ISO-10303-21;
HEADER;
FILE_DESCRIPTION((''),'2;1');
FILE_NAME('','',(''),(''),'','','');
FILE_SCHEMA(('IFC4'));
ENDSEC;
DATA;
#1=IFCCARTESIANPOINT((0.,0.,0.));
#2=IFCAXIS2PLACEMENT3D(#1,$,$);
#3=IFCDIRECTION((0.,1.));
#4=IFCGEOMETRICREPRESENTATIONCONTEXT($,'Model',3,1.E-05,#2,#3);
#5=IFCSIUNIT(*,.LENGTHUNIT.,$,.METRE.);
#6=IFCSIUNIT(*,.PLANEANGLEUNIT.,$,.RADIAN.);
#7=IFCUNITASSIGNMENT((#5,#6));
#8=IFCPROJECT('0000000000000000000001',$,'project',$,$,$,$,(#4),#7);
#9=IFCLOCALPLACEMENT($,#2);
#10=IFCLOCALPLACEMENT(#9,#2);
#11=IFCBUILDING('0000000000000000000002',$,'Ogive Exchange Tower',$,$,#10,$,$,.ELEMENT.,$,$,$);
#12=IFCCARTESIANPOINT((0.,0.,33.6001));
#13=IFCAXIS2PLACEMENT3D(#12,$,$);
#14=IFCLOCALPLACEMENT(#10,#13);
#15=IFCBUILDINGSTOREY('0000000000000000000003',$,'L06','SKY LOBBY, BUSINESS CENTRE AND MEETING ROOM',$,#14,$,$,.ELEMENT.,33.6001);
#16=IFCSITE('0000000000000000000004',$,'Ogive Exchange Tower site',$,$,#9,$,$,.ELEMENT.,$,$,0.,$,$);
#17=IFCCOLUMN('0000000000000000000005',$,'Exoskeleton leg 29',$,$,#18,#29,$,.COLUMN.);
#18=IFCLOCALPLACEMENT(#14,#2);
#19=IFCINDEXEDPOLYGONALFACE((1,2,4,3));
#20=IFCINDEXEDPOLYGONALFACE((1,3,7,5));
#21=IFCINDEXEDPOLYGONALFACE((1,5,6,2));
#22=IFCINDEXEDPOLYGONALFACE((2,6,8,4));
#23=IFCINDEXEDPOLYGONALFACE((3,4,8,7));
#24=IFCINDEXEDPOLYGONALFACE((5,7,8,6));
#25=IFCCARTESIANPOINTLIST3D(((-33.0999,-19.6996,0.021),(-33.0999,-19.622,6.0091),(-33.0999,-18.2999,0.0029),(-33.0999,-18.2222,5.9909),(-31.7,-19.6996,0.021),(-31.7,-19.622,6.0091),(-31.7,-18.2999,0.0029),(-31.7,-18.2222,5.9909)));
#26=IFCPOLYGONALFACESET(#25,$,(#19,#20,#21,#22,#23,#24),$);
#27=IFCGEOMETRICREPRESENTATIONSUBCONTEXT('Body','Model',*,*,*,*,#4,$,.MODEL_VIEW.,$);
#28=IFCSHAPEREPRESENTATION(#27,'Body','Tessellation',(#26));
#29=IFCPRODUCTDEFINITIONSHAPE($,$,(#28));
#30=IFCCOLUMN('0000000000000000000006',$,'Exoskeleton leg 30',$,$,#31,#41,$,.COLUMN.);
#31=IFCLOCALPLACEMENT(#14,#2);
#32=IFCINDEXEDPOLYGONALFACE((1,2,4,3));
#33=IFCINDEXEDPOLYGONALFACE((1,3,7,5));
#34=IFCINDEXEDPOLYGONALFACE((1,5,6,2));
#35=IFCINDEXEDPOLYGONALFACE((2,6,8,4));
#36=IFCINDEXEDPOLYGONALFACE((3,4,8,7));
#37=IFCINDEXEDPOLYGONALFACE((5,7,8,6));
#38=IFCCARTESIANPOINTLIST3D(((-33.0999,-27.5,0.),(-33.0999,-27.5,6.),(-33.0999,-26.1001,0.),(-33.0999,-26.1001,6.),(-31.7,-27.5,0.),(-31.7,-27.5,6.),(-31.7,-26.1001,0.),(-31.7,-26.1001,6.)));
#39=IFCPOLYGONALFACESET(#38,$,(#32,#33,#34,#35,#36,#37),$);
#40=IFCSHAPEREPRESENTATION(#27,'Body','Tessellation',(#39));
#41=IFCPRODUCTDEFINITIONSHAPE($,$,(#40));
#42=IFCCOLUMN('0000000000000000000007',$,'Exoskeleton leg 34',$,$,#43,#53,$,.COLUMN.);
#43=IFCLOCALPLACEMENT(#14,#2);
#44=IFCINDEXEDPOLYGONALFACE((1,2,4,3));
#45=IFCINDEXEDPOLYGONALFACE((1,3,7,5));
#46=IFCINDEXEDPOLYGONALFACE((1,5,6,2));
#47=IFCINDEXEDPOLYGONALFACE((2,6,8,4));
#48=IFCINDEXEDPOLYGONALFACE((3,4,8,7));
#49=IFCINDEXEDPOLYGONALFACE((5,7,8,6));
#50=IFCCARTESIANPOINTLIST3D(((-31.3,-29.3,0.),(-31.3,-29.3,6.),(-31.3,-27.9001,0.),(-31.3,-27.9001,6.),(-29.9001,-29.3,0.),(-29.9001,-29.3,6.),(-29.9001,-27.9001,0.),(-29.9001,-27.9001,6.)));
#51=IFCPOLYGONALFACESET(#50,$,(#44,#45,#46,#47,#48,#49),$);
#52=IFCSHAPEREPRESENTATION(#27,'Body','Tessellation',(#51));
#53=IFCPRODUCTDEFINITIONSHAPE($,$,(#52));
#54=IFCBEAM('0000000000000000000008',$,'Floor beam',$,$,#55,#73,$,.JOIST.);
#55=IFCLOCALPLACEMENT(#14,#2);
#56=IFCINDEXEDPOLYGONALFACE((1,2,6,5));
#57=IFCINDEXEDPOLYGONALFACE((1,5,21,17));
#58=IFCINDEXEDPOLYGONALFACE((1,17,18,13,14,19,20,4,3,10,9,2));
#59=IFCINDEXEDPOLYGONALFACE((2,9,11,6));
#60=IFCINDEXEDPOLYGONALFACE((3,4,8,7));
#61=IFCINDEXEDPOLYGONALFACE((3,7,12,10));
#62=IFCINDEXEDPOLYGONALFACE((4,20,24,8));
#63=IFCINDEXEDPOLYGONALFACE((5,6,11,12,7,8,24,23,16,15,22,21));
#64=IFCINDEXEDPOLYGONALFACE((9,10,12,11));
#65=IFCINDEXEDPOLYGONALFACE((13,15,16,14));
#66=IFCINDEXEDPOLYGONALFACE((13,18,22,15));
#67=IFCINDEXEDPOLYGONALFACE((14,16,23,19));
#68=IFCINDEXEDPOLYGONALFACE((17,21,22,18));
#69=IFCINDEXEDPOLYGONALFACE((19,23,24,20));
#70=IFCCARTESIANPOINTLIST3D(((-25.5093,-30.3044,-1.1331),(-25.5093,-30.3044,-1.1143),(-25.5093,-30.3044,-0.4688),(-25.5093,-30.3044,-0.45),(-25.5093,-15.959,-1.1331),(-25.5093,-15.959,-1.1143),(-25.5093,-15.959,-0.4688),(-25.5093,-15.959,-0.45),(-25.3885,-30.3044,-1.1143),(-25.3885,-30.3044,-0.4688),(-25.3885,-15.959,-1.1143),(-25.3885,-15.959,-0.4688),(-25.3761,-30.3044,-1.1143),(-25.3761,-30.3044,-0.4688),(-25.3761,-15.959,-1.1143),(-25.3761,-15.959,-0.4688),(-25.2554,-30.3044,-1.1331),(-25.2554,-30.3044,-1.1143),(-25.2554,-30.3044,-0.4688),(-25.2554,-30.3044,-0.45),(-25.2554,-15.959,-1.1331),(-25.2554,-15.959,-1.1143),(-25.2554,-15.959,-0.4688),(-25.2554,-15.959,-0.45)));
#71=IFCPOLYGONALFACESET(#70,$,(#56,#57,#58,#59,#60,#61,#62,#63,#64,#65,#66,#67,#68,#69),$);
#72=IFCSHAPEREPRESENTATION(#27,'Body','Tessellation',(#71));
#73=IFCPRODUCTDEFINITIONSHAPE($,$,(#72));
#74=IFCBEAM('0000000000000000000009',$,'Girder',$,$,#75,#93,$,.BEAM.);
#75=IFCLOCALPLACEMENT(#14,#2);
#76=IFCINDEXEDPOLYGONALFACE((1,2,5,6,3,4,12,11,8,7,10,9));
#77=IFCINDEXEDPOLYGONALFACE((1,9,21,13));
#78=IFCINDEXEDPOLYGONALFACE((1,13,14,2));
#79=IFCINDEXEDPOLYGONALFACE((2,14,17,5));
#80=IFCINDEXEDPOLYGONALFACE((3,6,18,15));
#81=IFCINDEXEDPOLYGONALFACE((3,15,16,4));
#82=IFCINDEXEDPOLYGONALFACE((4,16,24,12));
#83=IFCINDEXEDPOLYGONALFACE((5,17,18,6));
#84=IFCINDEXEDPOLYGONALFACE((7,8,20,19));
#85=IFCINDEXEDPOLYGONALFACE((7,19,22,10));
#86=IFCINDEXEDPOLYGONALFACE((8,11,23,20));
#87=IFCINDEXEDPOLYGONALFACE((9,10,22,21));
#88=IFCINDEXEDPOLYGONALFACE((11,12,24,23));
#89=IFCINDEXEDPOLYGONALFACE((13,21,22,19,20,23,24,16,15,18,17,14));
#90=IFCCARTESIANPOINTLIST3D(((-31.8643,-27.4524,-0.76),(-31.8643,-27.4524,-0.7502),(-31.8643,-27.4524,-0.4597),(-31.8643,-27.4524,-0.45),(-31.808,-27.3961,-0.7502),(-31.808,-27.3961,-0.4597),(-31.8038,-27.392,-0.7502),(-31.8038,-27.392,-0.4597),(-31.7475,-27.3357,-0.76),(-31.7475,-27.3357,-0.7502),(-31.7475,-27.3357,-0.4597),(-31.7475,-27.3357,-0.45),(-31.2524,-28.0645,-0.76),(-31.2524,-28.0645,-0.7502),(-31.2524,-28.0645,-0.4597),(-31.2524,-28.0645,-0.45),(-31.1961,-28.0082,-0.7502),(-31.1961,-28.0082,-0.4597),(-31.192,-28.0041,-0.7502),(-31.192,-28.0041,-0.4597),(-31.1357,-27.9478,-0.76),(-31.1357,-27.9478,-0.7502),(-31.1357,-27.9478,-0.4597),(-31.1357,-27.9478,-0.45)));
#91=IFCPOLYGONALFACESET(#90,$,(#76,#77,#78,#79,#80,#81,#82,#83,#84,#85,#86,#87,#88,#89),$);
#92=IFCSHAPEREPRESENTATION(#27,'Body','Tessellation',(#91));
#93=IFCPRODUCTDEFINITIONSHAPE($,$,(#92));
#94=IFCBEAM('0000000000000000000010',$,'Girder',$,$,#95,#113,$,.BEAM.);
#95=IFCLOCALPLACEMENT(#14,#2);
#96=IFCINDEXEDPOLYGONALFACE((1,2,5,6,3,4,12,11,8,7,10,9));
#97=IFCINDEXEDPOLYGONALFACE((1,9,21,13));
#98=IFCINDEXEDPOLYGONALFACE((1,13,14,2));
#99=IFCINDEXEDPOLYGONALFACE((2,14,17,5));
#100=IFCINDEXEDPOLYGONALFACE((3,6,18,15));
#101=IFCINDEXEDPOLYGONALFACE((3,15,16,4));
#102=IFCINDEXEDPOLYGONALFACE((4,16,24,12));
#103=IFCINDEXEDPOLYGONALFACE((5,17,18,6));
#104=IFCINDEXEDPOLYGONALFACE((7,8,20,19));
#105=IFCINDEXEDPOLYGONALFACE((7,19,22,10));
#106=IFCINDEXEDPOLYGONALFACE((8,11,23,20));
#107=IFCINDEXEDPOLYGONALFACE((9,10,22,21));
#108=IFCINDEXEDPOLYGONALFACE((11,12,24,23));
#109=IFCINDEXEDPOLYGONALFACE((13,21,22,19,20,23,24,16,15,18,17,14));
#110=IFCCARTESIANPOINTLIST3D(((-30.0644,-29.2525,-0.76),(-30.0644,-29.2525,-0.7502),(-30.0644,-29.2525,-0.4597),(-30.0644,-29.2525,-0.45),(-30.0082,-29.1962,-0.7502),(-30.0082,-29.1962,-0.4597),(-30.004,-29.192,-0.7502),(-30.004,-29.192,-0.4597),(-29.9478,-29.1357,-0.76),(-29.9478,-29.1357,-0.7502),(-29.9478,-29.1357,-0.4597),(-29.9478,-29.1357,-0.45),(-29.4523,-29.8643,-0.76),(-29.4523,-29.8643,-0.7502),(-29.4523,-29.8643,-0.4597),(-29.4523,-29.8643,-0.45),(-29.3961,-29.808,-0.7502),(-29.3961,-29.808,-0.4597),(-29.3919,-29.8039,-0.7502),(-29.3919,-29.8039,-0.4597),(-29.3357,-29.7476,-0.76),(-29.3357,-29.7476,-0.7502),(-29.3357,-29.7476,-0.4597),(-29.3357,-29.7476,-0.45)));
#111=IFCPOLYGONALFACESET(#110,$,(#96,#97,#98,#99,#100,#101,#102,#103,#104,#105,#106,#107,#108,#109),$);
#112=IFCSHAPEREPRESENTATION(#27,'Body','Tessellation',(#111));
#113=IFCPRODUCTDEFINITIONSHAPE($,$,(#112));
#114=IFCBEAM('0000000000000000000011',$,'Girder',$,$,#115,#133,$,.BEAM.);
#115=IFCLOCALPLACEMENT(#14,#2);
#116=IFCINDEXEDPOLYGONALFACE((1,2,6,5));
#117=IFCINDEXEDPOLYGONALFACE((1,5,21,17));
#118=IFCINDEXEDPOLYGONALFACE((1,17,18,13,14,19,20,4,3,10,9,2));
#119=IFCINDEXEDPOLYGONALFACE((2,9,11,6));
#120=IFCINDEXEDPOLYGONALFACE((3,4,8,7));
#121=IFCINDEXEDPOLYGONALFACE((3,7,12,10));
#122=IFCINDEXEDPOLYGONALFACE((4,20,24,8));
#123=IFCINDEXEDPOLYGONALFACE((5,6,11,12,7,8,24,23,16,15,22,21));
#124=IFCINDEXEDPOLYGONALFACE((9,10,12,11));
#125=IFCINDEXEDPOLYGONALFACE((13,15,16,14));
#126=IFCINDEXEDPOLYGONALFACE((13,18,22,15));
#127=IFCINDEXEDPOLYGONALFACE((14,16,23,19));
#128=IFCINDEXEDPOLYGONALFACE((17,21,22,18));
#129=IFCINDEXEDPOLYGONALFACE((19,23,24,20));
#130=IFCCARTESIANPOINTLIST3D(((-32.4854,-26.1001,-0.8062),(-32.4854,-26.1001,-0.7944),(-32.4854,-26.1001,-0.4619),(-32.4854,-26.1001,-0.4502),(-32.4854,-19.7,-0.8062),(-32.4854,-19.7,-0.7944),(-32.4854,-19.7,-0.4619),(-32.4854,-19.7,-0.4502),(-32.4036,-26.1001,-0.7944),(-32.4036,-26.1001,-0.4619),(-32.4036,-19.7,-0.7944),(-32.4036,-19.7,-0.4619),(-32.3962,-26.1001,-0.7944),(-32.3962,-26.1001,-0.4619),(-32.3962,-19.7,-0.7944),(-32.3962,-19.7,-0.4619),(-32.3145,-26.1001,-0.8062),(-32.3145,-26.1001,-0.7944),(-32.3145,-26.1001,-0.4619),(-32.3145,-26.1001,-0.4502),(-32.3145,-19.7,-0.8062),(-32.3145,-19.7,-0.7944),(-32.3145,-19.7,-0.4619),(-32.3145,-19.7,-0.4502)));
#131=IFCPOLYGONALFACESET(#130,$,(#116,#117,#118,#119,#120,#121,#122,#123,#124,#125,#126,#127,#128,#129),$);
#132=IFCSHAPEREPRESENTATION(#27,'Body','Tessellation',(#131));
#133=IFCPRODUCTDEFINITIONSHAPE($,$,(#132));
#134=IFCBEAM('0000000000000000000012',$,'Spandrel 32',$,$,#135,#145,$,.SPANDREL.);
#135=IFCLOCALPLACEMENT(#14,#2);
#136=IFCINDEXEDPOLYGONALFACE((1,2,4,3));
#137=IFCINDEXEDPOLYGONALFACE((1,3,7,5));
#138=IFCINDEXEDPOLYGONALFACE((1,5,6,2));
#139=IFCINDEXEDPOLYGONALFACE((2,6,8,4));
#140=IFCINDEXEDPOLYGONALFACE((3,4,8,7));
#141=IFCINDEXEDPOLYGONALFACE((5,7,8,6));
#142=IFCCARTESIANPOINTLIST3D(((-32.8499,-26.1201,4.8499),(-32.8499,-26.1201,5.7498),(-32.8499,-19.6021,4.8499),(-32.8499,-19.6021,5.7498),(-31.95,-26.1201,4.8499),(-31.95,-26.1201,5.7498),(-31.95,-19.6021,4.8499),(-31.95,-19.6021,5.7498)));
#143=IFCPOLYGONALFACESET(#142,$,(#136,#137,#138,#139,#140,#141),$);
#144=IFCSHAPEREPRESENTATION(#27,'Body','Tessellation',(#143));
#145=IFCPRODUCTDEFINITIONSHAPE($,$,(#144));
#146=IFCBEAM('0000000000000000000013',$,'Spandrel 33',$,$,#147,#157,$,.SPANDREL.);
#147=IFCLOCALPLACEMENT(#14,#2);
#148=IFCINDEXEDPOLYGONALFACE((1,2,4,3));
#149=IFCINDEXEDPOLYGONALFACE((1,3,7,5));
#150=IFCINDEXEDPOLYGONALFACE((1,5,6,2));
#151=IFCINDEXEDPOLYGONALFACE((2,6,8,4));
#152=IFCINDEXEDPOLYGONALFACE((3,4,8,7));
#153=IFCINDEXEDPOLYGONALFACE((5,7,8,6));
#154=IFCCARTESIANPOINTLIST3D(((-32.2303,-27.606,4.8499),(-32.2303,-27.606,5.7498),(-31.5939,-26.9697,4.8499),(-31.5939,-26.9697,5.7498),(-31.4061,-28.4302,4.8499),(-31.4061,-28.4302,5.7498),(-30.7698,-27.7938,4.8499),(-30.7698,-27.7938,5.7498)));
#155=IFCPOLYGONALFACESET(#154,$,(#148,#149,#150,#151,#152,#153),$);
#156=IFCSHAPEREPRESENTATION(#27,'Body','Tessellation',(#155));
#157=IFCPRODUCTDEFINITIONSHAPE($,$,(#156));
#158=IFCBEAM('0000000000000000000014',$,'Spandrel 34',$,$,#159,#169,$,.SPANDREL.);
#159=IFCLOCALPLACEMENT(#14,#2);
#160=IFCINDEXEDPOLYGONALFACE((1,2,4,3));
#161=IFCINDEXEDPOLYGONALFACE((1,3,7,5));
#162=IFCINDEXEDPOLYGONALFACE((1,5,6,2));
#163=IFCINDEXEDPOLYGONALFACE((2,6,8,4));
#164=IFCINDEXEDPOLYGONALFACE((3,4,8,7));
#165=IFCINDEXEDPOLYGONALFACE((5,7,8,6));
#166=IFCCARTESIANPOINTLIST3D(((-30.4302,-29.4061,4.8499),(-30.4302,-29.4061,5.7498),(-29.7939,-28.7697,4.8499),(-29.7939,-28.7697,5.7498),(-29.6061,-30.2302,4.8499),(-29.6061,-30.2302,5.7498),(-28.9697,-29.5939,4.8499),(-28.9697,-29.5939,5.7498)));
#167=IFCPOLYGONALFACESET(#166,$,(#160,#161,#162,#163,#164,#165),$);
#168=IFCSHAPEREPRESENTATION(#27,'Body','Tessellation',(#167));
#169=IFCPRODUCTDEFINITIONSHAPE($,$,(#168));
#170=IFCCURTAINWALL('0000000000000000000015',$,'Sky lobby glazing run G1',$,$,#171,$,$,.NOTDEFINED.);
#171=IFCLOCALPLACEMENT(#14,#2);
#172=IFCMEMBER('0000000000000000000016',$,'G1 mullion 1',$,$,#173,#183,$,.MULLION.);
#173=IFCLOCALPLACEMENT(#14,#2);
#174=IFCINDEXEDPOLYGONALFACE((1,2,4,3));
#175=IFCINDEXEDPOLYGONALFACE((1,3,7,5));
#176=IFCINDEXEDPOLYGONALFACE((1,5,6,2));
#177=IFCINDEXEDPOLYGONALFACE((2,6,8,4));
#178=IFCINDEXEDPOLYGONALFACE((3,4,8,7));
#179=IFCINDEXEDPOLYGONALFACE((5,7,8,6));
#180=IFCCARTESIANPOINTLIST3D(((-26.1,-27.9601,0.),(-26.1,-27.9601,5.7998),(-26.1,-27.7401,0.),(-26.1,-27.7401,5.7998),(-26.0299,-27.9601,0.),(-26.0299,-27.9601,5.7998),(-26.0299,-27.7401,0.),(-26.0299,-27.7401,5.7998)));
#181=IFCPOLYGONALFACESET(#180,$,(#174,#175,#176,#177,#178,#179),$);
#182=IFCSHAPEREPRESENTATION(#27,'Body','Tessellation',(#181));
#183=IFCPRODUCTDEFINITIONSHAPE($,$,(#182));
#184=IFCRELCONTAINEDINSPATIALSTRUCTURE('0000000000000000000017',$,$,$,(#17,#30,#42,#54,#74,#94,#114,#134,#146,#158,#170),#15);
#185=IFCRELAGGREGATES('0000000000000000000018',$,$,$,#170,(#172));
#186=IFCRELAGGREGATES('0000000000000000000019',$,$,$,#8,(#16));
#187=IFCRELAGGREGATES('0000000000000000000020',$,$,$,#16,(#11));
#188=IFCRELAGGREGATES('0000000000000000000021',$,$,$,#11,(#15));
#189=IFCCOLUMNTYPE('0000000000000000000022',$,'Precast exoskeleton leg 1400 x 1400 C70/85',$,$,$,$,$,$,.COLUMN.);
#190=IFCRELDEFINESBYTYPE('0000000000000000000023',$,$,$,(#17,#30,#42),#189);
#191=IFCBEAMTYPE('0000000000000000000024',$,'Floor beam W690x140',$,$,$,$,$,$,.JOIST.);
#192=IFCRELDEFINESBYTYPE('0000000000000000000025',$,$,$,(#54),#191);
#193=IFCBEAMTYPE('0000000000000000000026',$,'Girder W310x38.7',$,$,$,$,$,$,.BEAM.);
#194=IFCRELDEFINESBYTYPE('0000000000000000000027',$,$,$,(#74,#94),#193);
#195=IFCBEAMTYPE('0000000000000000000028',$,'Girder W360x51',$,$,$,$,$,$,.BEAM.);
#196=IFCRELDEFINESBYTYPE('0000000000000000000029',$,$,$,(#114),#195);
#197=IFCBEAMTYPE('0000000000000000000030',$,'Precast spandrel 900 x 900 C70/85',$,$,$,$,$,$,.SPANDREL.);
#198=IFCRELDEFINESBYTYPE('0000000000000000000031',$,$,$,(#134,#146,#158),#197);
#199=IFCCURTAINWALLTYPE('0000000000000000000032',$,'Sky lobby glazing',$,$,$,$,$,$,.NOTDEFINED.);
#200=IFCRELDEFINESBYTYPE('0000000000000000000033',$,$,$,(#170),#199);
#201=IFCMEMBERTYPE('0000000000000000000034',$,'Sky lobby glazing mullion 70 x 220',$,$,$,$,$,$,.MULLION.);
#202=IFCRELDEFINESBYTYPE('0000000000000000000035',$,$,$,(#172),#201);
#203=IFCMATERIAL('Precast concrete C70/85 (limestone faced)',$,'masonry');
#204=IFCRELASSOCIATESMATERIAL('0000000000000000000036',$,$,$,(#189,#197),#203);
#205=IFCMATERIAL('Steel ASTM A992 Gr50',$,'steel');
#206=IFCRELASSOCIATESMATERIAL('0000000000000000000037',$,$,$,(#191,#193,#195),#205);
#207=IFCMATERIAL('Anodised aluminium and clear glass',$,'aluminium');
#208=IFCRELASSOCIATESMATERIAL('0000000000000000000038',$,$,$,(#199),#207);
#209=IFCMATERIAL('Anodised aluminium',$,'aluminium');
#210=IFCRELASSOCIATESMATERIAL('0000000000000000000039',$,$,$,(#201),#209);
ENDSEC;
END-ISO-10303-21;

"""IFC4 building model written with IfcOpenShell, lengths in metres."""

from ifc_helpers import new_model, si_unit, direction, frame, origin, origin_2d, place, context, subcontext, project, spatial, rectangle, i_section, extrude, material, material_profile, profile_set, type_object, element, aggregate, save


model = new_model("IFC4")

# Units and contexts
model_context = context("Model", 3, precision=1e-05, world=origin(), true_north=direction((0.0, 1.0)))
body_context = subcontext(model_context, "Body", "Model", "MODEL_VIEW")
ifc_project = project(units=[si_unit("LENGTHUNIT", "METRE"), si_unit("PLANEANGLEUNIT", "RADIAN")], contexts=[model_context])

# Site, building, storey
site_placement = place(None, origin())
site = spatial("IfcSite", under=ifc_project, at=site_placement, Name="Ogive Exchange Tower site", CompositionType="ELEMENT", RefElevation=0.0)
building_placement = place(site_placement, origin())
building = spatial("IfcBuilding", under=site, at=building_placement, Name="Ogive Exchange Tower", CompositionType="ELEMENT")
storey_placement = place(building_placement, frame((0.0, 0.0, 33.6001)))
storey = spatial("IfcBuildingStorey", under=building, at=storey_placement, Name="L06", Description="SKY LOBBY, BUSINESS CENTRE AND MEETING ROOM", CompositionType="ELEMENT", Elevation=33.6001)

# Columns
ifc_material_1 = material(Name="Precast concrete C70/85 (limestone faced)", Category="masonry")
ifc_material_profile_1 = material_profile(ifc_material_1, rectangle(XDim=1.3999, YDim=1.3999, at=origin_2d()), Name="1400 x 1400")
ifc_profile_set_1 = profile_set([ifc_material_profile_1], Name="Precast concrete C70/85 (limestone faced)")
column_type = type_object("IfcColumnType", Name="Precast exoskeleton leg 1400 x 1400 C70/85", PredefinedType="COLUMN", material=ifc_profile_set_1)
column_placement = place(storey_placement, frame((-32.3999, -18.9998, 0.012), z_axis=(0.0, 0.012964, 0.999916), x_axis=(-1.0, 0.0, 0.0)))
element("IfcColumn", 1, at=column_placement, inside=storey, type_object=column_type, Name="Exoskeleton leg 29", PredefinedType="COLUMN", context=body_context, shape_type="SweptSolid", body=[
    extrude(rectangle(XDim=1.3999, YDim=1.3999, at=origin_2d()), origin(), (0.0, 0.0, 1.0), 5.9885),
])
for number, where, z_axis, x_axis, name in (
    (2, (-32.3999, -26.8, 0.0), (0.0, 0.0, 1.0), (1.0, 0.0, 0.0), "Exoskeleton leg 30"),
    (3, (-30.6001, -28.6001, 0.0), (0.0, 0.0, 1.0), (1.0, 0.0, 0.0), "Exoskeleton leg 34"),
):
    element("IfcColumn", number, at=place(storey_placement, frame(where, z_axis=z_axis, x_axis=x_axis)), inside=storey, type_object=column_type, Name=name, PredefinedType="COLUMN", context=body_context, shape_type="SweptSolid", body=[
        extrude(rectangle(XDim=1.3999, YDim=1.3999, at=origin_2d()), origin(), (0.0, 0.0, 1.0), 6.0),
    ])

# Beams
ifc_material_2 = material(Name="Steel ASTM A992 Gr50", Category="steel")
ifc_material_profile_2 = material_profile(ifc_material_2, i_section(OverallWidth=0.2539, OverallDepth=0.6831, WebThickness=0.0125, FlangeThickness=0.0188, at=origin_2d()), Name="W690x140")
ifc_profile_set_2 = profile_set([ifc_material_profile_2], Name="Steel ASTM A992 Gr50")
beam_type_1 = type_object("IfcBeamType", Name="Floor beam W690x140", PredefinedType="JOIST", material=ifc_profile_set_2)
beam_1_placement = place(storey_placement, frame((-25.3823, -30.3044, -0.7915), z_axis=(0.0, 1.0, 0.0), x_axis=(-1.0, 0.0, 0.0)))
element("IfcBeam", 4, at=beam_1_placement, inside=storey, type_object=beam_type_1, Name="Floor beam", PredefinedType="JOIST", context=body_context, shape_type="SweptSolid", body=[
    extrude(i_section(OverallWidth=0.2539, OverallDepth=0.6831, WebThickness=0.0125, FlangeThickness=0.0188, at=origin_2d()), origin(), (0.0, 0.0, 1.0), 14.3455),
])
ifc_material_profile_3 = material_profile(ifc_material_2, i_section(OverallWidth=0.165, OverallDepth=0.3101, WebThickness=0.0059, FlangeThickness=0.0098, at=origin_2d()), Name="W310x38.7")
ifc_profile_set_3 = profile_set([ifc_material_profile_3], Name="Steel ASTM A992 Gr50")
beam_type_2 = type_object("IfcBeamType", Name="Girder W310x38.7", PredefinedType="BEAM", material=ifc_profile_set_3)
for number, where, z_axis, x_axis, name in (
    (5, (-31.8059, -27.394, -0.605), (0.706966, -0.707248, 0.0), (0.707248, 0.706966, 0.0), "Girder"),
    (6, (-30.0061, -29.1941, -0.605), (0.707248, -0.706966, 0.0), (0.706966, 0.707248, 0.0), "Girder"),
):
    element("IfcBeam", number, at=place(storey_placement, frame(where, z_axis=z_axis, x_axis=x_axis)), inside=storey, type_object=beam_type_2, Name=name, PredefinedType="BEAM", context=body_context, shape_type="SweptSolid", body=[
        extrude(i_section(OverallWidth=0.165, OverallDepth=0.3101, WebThickness=0.0059, FlangeThickness=0.0098, at=origin_2d()), origin(), (0.0, 0.0, 1.0), 0.8655),
    ])
ifc_material_profile_4 = material_profile(ifc_material_2, i_section(OverallWidth=0.1709, OverallDepth=0.356, WebThickness=0.0073, FlangeThickness=0.0117, at=origin_2d()), Name="W360x51")
ifc_profile_set_4 = profile_set([ifc_material_profile_4], Name="Steel ASTM A992 Gr50")
beam_type_3 = type_object("IfcBeamType", Name="Girder W360x51", PredefinedType="BEAM", material=ifc_profile_set_4)
beam_2_placement = place(storey_placement, frame((-32.3999, -19.7, -0.6282), z_axis=(0.0, -1.0, 0.0), x_axis=(1.0, 0.0, 0.0)))
element("IfcBeam", 7, at=beam_2_placement, inside=storey, type_object=beam_type_3, Name="Girder", PredefinedType="BEAM", context=body_context, shape_type="SweptSolid", body=[
    extrude(i_section(OverallWidth=0.1709, OverallDepth=0.356, WebThickness=0.0073, FlangeThickness=0.0117, at=origin_2d()), origin(), (0.0, 0.0, 1.0), 6.4001),
])
ifc_material_profile_5 = material_profile(ifc_material_1, rectangle(XDim=0.8999, YDim=0.8999, at=origin_2d()), Name="900 x 900")
ifc_profile_set_5 = profile_set([ifc_material_profile_5], Name="Precast concrete C70/85 (limestone faced)")
beam_type_4 = type_object("IfcBeamType", Name="Precast spandrel 900 x 900 C70/85", PredefinedType="SPANDREL", material=ifc_profile_set_5)
beam_3_placement = place(storey_placement, frame((-32.3999, -19.6021, 5.2998), z_axis=(0.0, -1.0, 0.0), x_axis=(1.0, 0.0, 0.0)))
element("IfcBeam", 8, at=beam_3_placement, inside=storey, type_object=beam_type_4, Name="Spandrel 32", PredefinedType="SPANDREL", context=body_context, shape_type="SweptSolid", body=[
    extrude(rectangle(XDim=0.8999, YDim=0.8999, at=origin_2d()), origin(), (0.0, 0.0, 1.0), 6.5181),
])
for number, where, z_axis, x_axis, name in (
    (9, (-31.9121, -27.2878, 5.2998), (0.707107, -0.707107, 0.0), (0.707107, 0.707107, 0.0), "Spandrel 33"),
    (10, (-30.1121, -29.0879, 5.2998), (0.707107, -0.707107, 0.0), (0.707107, 0.707107, 0.0), "Spandrel 34"),
):
    element("IfcBeam", number, at=place(storey_placement, frame(where, z_axis=z_axis, x_axis=x_axis)), inside=storey, type_object=beam_type_4, Name=name, PredefinedType="SPANDREL", context=body_context, shape_type="SweptSolid", body=[
        extrude(rectangle(XDim=0.8999, YDim=0.8999, at=origin_2d()), origin(), (0.0, 0.0, 1.0), 1.1655),
    ])

# Curtain wall, member
ifc_material_3 = material(Name="Anodised aluminium and clear glass", Category="aluminium")
curtain_wall_type = type_object("IfcCurtainWallType", Name="Sky lobby glazing", PredefinedType="NOTDEFINED", material=ifc_material_3)
curtain_wall_placement = place(storey_placement, origin())
curtain_wall = element("IfcCurtainWall", 11, at=curtain_wall_placement, inside=storey, type_object=curtain_wall_type, Name="Sky lobby glazing run G1", PredefinedType="NOTDEFINED")
ifc_material_4 = material(Name="Anodised aluminium", Category="aluminium")
ifc_material_profile_6 = material_profile(ifc_material_4, rectangle(XDim=0.22, YDim=0.0701, at=origin_2d()), Name="AL 70x220")
ifc_profile_set_6 = profile_set([ifc_material_profile_6], Name="Anodised aluminium")
member_type_1 = type_object("IfcMemberType", Name="Sky lobby glazing mullion 70 x 220", PredefinedType="MULLION", material=ifc_profile_set_6)
member_1_placement = place(storey_placement, frame((-26.0649, -27.8501, 0.0), z_axis=(0.0, 0.0, 1.0), x_axis=(0.0, 1.0, 0.0)))
member_1 = element("IfcMember", 12, at=member_1_placement, type_object=member_type_1, Name="G1 mullion 1", PredefinedType="MULLION", context=body_context, shape_type="SweptSolid", body=[
    extrude(rectangle(XDim=0.22, YDim=0.0701, at=origin_2d()), origin(), (0.0, 0.0, 1.0), 5.7998),
])
aggregate(curtain_wall, [member_1])

save(model, "model.ifc")
